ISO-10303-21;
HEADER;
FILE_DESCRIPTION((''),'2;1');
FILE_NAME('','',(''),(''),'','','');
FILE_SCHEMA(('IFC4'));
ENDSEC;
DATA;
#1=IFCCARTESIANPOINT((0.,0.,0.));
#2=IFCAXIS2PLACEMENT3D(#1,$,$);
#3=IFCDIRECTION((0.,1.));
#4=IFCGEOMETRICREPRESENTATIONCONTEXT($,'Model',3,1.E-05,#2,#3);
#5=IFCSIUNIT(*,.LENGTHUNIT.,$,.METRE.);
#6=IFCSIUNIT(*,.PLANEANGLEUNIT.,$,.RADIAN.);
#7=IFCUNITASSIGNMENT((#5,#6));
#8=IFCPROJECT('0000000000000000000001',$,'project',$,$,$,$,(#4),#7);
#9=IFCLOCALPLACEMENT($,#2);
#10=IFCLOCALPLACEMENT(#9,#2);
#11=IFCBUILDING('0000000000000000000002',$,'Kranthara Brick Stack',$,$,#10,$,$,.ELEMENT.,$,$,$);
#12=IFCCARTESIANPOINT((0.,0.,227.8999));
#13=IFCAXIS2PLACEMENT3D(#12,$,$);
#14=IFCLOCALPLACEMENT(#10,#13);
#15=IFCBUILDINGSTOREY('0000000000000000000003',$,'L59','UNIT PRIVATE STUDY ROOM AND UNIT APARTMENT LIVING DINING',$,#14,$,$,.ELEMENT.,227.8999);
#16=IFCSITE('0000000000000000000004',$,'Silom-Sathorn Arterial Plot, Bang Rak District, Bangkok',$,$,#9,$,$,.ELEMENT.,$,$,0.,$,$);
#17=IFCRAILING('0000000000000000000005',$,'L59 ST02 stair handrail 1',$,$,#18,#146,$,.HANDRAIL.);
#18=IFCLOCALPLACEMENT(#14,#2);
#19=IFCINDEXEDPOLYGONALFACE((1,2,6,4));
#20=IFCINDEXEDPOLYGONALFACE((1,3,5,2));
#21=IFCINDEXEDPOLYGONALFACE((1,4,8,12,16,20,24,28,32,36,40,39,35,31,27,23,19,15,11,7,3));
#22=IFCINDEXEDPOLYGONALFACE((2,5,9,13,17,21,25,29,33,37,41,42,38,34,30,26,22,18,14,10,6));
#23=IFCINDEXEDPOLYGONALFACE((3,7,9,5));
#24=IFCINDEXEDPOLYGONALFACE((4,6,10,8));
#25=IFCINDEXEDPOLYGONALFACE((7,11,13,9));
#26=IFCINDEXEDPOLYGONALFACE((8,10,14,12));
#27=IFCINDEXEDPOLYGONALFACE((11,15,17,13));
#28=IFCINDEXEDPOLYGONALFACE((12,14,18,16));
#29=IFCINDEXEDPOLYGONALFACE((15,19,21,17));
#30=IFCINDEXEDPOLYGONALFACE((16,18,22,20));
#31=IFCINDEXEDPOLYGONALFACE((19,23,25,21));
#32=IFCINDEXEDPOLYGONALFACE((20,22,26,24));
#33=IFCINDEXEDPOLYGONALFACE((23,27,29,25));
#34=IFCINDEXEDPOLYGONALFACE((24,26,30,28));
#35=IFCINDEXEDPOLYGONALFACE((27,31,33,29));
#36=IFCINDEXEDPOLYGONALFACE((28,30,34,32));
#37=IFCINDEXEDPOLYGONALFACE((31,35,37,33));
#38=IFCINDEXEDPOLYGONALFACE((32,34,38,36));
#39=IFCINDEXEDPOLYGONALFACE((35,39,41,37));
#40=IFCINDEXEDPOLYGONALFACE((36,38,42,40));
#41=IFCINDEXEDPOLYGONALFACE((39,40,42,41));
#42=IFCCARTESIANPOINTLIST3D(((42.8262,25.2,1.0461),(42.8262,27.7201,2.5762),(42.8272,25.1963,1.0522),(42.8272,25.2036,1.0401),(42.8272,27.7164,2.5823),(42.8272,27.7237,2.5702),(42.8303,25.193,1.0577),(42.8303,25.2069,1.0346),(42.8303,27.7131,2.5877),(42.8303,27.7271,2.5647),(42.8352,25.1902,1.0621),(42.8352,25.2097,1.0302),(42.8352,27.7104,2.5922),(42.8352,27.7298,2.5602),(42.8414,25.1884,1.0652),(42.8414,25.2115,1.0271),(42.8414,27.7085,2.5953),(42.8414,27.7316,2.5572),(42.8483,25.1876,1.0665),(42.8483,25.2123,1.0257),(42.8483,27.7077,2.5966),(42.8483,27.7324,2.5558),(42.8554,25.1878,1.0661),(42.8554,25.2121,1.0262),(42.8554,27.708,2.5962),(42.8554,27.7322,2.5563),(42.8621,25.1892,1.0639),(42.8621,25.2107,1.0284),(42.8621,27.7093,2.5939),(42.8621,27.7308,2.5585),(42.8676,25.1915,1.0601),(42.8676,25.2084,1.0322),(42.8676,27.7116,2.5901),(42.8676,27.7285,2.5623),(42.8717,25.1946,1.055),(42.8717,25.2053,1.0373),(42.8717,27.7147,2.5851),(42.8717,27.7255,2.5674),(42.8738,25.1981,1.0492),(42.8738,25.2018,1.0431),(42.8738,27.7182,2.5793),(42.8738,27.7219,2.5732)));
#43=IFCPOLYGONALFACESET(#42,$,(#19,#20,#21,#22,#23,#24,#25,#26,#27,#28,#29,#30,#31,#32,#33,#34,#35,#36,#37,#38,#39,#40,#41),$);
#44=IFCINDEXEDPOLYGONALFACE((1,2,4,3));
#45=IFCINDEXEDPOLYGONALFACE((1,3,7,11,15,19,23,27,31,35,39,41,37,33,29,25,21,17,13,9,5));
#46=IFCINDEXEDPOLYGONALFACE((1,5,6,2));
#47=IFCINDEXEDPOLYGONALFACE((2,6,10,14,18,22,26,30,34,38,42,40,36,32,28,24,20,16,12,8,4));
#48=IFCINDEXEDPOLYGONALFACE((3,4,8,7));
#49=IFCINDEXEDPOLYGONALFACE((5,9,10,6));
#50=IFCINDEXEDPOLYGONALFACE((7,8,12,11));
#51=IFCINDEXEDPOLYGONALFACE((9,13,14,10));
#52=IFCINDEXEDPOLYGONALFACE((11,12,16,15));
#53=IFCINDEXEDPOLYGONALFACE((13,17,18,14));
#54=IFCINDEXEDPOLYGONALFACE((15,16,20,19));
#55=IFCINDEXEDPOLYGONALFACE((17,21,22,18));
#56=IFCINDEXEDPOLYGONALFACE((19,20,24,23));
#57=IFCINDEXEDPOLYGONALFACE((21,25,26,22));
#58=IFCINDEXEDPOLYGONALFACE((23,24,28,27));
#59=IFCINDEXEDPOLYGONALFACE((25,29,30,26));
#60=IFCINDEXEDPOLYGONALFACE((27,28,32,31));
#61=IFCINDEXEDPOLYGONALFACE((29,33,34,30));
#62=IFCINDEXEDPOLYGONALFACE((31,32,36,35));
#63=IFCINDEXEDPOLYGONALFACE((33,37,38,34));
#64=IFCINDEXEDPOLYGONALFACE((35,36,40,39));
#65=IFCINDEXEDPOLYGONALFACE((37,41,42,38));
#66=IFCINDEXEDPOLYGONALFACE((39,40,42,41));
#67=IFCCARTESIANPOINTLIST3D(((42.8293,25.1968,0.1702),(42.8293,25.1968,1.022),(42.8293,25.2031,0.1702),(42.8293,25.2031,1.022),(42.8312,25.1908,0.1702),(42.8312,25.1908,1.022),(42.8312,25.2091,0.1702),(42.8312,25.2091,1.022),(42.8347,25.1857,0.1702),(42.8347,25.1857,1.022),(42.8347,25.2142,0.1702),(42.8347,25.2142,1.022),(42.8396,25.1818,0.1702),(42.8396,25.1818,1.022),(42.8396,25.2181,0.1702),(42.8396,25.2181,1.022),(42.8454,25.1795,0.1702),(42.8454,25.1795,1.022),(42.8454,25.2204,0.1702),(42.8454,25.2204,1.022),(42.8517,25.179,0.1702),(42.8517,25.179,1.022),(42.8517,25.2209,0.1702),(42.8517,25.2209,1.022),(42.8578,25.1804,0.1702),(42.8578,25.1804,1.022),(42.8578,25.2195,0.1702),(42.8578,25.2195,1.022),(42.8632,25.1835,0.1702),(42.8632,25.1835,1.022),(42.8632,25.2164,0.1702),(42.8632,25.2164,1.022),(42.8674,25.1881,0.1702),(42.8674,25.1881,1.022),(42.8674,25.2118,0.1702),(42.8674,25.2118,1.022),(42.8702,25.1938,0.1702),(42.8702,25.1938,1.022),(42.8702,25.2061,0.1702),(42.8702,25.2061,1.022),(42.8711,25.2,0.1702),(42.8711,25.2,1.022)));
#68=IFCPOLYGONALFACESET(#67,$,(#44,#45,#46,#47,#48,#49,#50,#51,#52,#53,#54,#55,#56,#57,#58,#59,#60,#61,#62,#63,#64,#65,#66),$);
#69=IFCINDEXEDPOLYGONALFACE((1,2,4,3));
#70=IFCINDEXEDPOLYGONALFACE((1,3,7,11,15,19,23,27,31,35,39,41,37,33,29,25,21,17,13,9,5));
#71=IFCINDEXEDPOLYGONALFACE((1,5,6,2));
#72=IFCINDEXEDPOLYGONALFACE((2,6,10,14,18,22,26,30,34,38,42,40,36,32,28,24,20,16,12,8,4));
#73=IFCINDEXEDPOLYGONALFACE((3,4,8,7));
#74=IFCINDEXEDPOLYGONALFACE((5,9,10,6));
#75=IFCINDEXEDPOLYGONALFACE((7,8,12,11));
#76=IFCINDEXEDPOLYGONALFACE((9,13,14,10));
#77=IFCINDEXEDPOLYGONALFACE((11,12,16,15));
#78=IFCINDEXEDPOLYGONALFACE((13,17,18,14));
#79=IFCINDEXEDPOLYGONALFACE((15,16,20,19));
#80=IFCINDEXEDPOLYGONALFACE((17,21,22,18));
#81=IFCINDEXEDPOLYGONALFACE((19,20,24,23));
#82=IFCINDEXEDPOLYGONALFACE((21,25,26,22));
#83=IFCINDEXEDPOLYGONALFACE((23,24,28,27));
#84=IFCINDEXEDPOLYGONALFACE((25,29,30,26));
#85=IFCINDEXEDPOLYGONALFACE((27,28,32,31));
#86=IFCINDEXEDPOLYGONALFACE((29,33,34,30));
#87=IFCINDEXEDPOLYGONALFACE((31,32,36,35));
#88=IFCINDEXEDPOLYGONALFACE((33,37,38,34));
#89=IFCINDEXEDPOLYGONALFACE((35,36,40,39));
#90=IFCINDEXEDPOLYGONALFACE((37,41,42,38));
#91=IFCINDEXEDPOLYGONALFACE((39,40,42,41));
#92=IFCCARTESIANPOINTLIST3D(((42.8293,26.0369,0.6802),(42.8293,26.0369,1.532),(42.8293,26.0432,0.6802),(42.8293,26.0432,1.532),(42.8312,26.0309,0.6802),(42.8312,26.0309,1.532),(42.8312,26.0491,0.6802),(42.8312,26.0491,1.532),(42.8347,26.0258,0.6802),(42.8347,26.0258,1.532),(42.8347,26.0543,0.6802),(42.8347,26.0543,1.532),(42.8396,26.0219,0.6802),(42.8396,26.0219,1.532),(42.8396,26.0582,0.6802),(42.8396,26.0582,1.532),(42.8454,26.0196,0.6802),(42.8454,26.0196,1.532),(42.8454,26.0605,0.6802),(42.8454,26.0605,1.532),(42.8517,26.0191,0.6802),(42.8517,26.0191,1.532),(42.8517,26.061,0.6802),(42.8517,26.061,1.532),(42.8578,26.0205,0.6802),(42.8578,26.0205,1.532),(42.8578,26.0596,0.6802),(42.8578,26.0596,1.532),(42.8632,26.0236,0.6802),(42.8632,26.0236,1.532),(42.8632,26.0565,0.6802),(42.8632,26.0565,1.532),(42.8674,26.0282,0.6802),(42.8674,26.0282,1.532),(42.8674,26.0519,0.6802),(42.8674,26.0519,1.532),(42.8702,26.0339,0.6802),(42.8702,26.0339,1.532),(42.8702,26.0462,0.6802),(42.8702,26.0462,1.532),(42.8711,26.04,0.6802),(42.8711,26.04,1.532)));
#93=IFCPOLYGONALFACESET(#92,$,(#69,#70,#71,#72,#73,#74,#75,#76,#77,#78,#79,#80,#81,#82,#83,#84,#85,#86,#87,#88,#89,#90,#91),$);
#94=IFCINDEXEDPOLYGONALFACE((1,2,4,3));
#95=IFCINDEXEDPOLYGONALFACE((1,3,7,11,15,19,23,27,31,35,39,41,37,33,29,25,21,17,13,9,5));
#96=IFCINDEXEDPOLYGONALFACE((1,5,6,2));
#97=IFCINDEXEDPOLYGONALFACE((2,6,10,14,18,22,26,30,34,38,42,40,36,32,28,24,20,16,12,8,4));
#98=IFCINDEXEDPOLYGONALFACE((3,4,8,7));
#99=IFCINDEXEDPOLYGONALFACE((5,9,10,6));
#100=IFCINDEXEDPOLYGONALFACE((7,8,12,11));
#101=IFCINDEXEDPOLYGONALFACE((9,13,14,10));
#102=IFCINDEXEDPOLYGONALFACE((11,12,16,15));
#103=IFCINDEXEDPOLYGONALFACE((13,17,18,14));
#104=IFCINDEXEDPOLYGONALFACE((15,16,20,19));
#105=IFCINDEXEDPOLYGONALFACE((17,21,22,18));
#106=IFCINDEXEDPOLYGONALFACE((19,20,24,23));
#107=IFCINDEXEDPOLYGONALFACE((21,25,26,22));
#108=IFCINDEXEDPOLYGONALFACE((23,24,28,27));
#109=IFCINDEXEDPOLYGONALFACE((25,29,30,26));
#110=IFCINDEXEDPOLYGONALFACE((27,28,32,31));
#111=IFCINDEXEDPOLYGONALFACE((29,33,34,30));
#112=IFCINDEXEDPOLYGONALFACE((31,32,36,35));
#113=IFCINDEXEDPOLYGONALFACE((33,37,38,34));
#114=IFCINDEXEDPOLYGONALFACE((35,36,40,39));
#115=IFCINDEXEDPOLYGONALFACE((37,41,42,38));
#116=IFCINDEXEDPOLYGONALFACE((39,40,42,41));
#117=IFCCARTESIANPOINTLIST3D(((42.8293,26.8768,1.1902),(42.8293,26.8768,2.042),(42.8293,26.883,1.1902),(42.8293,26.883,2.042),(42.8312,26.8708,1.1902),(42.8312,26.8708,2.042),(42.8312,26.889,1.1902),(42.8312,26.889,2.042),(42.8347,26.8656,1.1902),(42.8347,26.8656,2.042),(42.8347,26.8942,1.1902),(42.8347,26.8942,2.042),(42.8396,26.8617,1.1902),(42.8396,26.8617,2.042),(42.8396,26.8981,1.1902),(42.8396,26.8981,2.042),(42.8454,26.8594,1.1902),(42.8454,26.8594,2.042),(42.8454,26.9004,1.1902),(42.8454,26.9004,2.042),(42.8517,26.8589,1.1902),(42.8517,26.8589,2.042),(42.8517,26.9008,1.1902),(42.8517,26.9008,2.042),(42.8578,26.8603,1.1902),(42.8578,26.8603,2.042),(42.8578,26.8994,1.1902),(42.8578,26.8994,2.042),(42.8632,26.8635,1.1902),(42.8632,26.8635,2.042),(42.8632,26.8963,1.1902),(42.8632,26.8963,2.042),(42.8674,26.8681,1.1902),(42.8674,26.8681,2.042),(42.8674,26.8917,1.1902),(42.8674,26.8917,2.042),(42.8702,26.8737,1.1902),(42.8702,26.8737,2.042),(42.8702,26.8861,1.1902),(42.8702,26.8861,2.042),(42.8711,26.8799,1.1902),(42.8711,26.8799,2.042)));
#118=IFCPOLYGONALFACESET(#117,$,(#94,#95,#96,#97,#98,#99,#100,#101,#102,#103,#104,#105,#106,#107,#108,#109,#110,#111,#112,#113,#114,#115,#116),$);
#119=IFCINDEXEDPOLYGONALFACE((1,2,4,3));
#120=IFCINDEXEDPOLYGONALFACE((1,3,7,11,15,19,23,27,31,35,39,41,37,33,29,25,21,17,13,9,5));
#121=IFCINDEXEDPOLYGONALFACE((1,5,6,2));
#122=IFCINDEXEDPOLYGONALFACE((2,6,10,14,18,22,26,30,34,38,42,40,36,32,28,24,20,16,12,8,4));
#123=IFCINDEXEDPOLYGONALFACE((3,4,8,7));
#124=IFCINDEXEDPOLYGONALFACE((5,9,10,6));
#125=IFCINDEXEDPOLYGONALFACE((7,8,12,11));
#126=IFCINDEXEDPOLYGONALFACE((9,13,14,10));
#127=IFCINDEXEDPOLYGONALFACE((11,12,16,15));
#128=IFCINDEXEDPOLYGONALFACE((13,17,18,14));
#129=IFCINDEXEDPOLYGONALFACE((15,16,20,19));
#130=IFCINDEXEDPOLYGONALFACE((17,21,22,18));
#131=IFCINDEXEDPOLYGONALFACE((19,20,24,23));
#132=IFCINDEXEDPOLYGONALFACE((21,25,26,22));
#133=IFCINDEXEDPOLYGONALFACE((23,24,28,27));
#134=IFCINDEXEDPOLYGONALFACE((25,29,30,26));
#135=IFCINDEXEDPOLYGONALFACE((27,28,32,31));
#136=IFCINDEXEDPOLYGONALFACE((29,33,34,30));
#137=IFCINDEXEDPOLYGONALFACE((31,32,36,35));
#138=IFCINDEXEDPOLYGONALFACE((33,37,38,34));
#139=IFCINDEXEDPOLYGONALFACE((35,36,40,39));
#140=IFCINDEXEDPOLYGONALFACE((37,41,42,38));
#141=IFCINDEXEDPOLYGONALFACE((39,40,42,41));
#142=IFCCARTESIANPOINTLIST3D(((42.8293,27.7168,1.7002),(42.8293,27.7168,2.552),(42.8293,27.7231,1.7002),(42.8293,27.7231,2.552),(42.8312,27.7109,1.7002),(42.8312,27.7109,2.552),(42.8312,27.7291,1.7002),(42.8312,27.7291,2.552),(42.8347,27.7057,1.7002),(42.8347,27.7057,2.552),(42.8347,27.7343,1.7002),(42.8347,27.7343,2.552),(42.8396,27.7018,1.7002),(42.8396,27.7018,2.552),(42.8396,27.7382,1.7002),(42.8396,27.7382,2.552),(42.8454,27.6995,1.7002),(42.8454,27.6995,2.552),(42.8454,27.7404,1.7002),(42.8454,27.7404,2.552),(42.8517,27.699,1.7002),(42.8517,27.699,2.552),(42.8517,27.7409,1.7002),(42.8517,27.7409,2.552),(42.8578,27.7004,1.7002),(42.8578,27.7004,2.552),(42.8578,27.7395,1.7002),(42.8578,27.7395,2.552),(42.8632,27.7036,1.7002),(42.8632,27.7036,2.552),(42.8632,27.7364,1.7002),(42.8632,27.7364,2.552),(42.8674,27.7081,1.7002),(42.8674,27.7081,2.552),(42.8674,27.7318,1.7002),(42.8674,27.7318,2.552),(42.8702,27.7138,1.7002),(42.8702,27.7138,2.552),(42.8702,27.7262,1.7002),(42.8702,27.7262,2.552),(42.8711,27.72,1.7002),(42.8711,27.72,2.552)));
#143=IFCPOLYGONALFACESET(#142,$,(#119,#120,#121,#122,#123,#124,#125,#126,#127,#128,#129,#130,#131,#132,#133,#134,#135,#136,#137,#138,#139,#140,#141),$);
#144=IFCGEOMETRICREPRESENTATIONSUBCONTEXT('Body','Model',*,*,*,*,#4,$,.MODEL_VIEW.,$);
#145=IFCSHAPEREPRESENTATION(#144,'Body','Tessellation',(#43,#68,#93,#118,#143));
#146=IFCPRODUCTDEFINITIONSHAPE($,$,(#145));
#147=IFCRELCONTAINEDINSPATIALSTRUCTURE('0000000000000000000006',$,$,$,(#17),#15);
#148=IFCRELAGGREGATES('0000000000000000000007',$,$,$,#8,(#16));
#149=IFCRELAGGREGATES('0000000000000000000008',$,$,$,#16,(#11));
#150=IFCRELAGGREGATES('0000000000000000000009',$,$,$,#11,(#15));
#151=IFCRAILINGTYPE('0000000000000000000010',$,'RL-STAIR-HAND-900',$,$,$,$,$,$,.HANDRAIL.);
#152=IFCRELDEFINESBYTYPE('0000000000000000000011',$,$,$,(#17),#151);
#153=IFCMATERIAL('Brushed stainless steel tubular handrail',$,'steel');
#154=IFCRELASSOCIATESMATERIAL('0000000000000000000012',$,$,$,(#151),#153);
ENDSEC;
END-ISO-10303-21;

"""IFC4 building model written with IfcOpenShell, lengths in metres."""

from ifc_helpers import new_model, si_unit, direction, frame, origin, origin_2d, place, context, subcontext, project, spatial, circle, extrude, material, type_object, element, save


model = new_model("IFC4")

# Units and contexts
model_context = context("Model", 3, precision=1e-05, world=origin(), true_north=direction((0.0, 1.0)))
body_context = subcontext(model_context, "Body", "Model", "MODEL_VIEW")
ifc_project = project(units=[si_unit("LENGTHUNIT", "METRE"), si_unit("PLANEANGLEUNIT", "RADIAN")], contexts=[model_context])

# Site, building, storey
site_placement = place(None, origin())
site = spatial("IfcSite", under=ifc_project, at=site_placement, Name="Silom-Sathorn Arterial Plot, Bang Rak District, Bangkok", CompositionType="ELEMENT", RefElevation=0.0)
building_placement = place(site_placement, origin())
building = spatial("IfcBuilding", under=site, at=building_placement, Name="Kranthara Brick Stack", CompositionType="ELEMENT")
storey_placement = place(building_placement, frame((0.0, 0.0, 227.8999)))
storey = spatial("IfcBuildingStorey", under=building, at=storey_placement, Name="L59", Description="UNIT PRIVATE STUDY ROOM AND UNIT APARTMENT LIVING DINING", CompositionType="ELEMENT", Elevation=227.8999)

# Railing
ifc_material_1 = material(Name="Brushed stainless steel tubular handrail", Category="steel")
railing_type_1 = type_object("IfcRailingType", Name="RL-STAIR-HAND-900", PredefinedType="HANDRAIL", material=ifc_material_1)
railing_1_placement = place(storey_placement, frame((42.8501, 25.2, 0.1702)))
element("IfcRailing", 1, at=railing_1_placement, inside=storey, type_object=railing_type_1, Name="L59 ST02 stair handrail 1", PredefinedType="HANDRAIL", context=body_context, shape_type="SweptSolid", body=[
    extrude(circle(Radius=0.0239, at=origin_2d()), frame((0.0, 0.0, 0.876), z_axis=(0.0, 0.854785, 0.518982), x_axis=(-1.0, 0.0, 0.0)), (0.0, 0.0, 1.0), 2.9482),
    extrude(circle(Radius=0.021, at=origin_2d()), origin(), (0.0, 0.0, 1.0), 0.8518),
    extrude(circle(Radius=0.021, at=origin_2d()), frame((0.0, 0.8401, 0.51)), (0.0, 0.0, 1.0), 0.8518),
    extrude(circle(Radius=0.021, at=origin_2d()), frame((0.0, 1.6799, 1.02)), (0.0, 0.0, 1.0), 0.8518),
    extrude(circle(Radius=0.021, at=origin_2d()), frame((0.0, 2.52, 1.53)), (0.0, 0.0, 1.0), 0.8518),
])

save(model, "model.ifc")
